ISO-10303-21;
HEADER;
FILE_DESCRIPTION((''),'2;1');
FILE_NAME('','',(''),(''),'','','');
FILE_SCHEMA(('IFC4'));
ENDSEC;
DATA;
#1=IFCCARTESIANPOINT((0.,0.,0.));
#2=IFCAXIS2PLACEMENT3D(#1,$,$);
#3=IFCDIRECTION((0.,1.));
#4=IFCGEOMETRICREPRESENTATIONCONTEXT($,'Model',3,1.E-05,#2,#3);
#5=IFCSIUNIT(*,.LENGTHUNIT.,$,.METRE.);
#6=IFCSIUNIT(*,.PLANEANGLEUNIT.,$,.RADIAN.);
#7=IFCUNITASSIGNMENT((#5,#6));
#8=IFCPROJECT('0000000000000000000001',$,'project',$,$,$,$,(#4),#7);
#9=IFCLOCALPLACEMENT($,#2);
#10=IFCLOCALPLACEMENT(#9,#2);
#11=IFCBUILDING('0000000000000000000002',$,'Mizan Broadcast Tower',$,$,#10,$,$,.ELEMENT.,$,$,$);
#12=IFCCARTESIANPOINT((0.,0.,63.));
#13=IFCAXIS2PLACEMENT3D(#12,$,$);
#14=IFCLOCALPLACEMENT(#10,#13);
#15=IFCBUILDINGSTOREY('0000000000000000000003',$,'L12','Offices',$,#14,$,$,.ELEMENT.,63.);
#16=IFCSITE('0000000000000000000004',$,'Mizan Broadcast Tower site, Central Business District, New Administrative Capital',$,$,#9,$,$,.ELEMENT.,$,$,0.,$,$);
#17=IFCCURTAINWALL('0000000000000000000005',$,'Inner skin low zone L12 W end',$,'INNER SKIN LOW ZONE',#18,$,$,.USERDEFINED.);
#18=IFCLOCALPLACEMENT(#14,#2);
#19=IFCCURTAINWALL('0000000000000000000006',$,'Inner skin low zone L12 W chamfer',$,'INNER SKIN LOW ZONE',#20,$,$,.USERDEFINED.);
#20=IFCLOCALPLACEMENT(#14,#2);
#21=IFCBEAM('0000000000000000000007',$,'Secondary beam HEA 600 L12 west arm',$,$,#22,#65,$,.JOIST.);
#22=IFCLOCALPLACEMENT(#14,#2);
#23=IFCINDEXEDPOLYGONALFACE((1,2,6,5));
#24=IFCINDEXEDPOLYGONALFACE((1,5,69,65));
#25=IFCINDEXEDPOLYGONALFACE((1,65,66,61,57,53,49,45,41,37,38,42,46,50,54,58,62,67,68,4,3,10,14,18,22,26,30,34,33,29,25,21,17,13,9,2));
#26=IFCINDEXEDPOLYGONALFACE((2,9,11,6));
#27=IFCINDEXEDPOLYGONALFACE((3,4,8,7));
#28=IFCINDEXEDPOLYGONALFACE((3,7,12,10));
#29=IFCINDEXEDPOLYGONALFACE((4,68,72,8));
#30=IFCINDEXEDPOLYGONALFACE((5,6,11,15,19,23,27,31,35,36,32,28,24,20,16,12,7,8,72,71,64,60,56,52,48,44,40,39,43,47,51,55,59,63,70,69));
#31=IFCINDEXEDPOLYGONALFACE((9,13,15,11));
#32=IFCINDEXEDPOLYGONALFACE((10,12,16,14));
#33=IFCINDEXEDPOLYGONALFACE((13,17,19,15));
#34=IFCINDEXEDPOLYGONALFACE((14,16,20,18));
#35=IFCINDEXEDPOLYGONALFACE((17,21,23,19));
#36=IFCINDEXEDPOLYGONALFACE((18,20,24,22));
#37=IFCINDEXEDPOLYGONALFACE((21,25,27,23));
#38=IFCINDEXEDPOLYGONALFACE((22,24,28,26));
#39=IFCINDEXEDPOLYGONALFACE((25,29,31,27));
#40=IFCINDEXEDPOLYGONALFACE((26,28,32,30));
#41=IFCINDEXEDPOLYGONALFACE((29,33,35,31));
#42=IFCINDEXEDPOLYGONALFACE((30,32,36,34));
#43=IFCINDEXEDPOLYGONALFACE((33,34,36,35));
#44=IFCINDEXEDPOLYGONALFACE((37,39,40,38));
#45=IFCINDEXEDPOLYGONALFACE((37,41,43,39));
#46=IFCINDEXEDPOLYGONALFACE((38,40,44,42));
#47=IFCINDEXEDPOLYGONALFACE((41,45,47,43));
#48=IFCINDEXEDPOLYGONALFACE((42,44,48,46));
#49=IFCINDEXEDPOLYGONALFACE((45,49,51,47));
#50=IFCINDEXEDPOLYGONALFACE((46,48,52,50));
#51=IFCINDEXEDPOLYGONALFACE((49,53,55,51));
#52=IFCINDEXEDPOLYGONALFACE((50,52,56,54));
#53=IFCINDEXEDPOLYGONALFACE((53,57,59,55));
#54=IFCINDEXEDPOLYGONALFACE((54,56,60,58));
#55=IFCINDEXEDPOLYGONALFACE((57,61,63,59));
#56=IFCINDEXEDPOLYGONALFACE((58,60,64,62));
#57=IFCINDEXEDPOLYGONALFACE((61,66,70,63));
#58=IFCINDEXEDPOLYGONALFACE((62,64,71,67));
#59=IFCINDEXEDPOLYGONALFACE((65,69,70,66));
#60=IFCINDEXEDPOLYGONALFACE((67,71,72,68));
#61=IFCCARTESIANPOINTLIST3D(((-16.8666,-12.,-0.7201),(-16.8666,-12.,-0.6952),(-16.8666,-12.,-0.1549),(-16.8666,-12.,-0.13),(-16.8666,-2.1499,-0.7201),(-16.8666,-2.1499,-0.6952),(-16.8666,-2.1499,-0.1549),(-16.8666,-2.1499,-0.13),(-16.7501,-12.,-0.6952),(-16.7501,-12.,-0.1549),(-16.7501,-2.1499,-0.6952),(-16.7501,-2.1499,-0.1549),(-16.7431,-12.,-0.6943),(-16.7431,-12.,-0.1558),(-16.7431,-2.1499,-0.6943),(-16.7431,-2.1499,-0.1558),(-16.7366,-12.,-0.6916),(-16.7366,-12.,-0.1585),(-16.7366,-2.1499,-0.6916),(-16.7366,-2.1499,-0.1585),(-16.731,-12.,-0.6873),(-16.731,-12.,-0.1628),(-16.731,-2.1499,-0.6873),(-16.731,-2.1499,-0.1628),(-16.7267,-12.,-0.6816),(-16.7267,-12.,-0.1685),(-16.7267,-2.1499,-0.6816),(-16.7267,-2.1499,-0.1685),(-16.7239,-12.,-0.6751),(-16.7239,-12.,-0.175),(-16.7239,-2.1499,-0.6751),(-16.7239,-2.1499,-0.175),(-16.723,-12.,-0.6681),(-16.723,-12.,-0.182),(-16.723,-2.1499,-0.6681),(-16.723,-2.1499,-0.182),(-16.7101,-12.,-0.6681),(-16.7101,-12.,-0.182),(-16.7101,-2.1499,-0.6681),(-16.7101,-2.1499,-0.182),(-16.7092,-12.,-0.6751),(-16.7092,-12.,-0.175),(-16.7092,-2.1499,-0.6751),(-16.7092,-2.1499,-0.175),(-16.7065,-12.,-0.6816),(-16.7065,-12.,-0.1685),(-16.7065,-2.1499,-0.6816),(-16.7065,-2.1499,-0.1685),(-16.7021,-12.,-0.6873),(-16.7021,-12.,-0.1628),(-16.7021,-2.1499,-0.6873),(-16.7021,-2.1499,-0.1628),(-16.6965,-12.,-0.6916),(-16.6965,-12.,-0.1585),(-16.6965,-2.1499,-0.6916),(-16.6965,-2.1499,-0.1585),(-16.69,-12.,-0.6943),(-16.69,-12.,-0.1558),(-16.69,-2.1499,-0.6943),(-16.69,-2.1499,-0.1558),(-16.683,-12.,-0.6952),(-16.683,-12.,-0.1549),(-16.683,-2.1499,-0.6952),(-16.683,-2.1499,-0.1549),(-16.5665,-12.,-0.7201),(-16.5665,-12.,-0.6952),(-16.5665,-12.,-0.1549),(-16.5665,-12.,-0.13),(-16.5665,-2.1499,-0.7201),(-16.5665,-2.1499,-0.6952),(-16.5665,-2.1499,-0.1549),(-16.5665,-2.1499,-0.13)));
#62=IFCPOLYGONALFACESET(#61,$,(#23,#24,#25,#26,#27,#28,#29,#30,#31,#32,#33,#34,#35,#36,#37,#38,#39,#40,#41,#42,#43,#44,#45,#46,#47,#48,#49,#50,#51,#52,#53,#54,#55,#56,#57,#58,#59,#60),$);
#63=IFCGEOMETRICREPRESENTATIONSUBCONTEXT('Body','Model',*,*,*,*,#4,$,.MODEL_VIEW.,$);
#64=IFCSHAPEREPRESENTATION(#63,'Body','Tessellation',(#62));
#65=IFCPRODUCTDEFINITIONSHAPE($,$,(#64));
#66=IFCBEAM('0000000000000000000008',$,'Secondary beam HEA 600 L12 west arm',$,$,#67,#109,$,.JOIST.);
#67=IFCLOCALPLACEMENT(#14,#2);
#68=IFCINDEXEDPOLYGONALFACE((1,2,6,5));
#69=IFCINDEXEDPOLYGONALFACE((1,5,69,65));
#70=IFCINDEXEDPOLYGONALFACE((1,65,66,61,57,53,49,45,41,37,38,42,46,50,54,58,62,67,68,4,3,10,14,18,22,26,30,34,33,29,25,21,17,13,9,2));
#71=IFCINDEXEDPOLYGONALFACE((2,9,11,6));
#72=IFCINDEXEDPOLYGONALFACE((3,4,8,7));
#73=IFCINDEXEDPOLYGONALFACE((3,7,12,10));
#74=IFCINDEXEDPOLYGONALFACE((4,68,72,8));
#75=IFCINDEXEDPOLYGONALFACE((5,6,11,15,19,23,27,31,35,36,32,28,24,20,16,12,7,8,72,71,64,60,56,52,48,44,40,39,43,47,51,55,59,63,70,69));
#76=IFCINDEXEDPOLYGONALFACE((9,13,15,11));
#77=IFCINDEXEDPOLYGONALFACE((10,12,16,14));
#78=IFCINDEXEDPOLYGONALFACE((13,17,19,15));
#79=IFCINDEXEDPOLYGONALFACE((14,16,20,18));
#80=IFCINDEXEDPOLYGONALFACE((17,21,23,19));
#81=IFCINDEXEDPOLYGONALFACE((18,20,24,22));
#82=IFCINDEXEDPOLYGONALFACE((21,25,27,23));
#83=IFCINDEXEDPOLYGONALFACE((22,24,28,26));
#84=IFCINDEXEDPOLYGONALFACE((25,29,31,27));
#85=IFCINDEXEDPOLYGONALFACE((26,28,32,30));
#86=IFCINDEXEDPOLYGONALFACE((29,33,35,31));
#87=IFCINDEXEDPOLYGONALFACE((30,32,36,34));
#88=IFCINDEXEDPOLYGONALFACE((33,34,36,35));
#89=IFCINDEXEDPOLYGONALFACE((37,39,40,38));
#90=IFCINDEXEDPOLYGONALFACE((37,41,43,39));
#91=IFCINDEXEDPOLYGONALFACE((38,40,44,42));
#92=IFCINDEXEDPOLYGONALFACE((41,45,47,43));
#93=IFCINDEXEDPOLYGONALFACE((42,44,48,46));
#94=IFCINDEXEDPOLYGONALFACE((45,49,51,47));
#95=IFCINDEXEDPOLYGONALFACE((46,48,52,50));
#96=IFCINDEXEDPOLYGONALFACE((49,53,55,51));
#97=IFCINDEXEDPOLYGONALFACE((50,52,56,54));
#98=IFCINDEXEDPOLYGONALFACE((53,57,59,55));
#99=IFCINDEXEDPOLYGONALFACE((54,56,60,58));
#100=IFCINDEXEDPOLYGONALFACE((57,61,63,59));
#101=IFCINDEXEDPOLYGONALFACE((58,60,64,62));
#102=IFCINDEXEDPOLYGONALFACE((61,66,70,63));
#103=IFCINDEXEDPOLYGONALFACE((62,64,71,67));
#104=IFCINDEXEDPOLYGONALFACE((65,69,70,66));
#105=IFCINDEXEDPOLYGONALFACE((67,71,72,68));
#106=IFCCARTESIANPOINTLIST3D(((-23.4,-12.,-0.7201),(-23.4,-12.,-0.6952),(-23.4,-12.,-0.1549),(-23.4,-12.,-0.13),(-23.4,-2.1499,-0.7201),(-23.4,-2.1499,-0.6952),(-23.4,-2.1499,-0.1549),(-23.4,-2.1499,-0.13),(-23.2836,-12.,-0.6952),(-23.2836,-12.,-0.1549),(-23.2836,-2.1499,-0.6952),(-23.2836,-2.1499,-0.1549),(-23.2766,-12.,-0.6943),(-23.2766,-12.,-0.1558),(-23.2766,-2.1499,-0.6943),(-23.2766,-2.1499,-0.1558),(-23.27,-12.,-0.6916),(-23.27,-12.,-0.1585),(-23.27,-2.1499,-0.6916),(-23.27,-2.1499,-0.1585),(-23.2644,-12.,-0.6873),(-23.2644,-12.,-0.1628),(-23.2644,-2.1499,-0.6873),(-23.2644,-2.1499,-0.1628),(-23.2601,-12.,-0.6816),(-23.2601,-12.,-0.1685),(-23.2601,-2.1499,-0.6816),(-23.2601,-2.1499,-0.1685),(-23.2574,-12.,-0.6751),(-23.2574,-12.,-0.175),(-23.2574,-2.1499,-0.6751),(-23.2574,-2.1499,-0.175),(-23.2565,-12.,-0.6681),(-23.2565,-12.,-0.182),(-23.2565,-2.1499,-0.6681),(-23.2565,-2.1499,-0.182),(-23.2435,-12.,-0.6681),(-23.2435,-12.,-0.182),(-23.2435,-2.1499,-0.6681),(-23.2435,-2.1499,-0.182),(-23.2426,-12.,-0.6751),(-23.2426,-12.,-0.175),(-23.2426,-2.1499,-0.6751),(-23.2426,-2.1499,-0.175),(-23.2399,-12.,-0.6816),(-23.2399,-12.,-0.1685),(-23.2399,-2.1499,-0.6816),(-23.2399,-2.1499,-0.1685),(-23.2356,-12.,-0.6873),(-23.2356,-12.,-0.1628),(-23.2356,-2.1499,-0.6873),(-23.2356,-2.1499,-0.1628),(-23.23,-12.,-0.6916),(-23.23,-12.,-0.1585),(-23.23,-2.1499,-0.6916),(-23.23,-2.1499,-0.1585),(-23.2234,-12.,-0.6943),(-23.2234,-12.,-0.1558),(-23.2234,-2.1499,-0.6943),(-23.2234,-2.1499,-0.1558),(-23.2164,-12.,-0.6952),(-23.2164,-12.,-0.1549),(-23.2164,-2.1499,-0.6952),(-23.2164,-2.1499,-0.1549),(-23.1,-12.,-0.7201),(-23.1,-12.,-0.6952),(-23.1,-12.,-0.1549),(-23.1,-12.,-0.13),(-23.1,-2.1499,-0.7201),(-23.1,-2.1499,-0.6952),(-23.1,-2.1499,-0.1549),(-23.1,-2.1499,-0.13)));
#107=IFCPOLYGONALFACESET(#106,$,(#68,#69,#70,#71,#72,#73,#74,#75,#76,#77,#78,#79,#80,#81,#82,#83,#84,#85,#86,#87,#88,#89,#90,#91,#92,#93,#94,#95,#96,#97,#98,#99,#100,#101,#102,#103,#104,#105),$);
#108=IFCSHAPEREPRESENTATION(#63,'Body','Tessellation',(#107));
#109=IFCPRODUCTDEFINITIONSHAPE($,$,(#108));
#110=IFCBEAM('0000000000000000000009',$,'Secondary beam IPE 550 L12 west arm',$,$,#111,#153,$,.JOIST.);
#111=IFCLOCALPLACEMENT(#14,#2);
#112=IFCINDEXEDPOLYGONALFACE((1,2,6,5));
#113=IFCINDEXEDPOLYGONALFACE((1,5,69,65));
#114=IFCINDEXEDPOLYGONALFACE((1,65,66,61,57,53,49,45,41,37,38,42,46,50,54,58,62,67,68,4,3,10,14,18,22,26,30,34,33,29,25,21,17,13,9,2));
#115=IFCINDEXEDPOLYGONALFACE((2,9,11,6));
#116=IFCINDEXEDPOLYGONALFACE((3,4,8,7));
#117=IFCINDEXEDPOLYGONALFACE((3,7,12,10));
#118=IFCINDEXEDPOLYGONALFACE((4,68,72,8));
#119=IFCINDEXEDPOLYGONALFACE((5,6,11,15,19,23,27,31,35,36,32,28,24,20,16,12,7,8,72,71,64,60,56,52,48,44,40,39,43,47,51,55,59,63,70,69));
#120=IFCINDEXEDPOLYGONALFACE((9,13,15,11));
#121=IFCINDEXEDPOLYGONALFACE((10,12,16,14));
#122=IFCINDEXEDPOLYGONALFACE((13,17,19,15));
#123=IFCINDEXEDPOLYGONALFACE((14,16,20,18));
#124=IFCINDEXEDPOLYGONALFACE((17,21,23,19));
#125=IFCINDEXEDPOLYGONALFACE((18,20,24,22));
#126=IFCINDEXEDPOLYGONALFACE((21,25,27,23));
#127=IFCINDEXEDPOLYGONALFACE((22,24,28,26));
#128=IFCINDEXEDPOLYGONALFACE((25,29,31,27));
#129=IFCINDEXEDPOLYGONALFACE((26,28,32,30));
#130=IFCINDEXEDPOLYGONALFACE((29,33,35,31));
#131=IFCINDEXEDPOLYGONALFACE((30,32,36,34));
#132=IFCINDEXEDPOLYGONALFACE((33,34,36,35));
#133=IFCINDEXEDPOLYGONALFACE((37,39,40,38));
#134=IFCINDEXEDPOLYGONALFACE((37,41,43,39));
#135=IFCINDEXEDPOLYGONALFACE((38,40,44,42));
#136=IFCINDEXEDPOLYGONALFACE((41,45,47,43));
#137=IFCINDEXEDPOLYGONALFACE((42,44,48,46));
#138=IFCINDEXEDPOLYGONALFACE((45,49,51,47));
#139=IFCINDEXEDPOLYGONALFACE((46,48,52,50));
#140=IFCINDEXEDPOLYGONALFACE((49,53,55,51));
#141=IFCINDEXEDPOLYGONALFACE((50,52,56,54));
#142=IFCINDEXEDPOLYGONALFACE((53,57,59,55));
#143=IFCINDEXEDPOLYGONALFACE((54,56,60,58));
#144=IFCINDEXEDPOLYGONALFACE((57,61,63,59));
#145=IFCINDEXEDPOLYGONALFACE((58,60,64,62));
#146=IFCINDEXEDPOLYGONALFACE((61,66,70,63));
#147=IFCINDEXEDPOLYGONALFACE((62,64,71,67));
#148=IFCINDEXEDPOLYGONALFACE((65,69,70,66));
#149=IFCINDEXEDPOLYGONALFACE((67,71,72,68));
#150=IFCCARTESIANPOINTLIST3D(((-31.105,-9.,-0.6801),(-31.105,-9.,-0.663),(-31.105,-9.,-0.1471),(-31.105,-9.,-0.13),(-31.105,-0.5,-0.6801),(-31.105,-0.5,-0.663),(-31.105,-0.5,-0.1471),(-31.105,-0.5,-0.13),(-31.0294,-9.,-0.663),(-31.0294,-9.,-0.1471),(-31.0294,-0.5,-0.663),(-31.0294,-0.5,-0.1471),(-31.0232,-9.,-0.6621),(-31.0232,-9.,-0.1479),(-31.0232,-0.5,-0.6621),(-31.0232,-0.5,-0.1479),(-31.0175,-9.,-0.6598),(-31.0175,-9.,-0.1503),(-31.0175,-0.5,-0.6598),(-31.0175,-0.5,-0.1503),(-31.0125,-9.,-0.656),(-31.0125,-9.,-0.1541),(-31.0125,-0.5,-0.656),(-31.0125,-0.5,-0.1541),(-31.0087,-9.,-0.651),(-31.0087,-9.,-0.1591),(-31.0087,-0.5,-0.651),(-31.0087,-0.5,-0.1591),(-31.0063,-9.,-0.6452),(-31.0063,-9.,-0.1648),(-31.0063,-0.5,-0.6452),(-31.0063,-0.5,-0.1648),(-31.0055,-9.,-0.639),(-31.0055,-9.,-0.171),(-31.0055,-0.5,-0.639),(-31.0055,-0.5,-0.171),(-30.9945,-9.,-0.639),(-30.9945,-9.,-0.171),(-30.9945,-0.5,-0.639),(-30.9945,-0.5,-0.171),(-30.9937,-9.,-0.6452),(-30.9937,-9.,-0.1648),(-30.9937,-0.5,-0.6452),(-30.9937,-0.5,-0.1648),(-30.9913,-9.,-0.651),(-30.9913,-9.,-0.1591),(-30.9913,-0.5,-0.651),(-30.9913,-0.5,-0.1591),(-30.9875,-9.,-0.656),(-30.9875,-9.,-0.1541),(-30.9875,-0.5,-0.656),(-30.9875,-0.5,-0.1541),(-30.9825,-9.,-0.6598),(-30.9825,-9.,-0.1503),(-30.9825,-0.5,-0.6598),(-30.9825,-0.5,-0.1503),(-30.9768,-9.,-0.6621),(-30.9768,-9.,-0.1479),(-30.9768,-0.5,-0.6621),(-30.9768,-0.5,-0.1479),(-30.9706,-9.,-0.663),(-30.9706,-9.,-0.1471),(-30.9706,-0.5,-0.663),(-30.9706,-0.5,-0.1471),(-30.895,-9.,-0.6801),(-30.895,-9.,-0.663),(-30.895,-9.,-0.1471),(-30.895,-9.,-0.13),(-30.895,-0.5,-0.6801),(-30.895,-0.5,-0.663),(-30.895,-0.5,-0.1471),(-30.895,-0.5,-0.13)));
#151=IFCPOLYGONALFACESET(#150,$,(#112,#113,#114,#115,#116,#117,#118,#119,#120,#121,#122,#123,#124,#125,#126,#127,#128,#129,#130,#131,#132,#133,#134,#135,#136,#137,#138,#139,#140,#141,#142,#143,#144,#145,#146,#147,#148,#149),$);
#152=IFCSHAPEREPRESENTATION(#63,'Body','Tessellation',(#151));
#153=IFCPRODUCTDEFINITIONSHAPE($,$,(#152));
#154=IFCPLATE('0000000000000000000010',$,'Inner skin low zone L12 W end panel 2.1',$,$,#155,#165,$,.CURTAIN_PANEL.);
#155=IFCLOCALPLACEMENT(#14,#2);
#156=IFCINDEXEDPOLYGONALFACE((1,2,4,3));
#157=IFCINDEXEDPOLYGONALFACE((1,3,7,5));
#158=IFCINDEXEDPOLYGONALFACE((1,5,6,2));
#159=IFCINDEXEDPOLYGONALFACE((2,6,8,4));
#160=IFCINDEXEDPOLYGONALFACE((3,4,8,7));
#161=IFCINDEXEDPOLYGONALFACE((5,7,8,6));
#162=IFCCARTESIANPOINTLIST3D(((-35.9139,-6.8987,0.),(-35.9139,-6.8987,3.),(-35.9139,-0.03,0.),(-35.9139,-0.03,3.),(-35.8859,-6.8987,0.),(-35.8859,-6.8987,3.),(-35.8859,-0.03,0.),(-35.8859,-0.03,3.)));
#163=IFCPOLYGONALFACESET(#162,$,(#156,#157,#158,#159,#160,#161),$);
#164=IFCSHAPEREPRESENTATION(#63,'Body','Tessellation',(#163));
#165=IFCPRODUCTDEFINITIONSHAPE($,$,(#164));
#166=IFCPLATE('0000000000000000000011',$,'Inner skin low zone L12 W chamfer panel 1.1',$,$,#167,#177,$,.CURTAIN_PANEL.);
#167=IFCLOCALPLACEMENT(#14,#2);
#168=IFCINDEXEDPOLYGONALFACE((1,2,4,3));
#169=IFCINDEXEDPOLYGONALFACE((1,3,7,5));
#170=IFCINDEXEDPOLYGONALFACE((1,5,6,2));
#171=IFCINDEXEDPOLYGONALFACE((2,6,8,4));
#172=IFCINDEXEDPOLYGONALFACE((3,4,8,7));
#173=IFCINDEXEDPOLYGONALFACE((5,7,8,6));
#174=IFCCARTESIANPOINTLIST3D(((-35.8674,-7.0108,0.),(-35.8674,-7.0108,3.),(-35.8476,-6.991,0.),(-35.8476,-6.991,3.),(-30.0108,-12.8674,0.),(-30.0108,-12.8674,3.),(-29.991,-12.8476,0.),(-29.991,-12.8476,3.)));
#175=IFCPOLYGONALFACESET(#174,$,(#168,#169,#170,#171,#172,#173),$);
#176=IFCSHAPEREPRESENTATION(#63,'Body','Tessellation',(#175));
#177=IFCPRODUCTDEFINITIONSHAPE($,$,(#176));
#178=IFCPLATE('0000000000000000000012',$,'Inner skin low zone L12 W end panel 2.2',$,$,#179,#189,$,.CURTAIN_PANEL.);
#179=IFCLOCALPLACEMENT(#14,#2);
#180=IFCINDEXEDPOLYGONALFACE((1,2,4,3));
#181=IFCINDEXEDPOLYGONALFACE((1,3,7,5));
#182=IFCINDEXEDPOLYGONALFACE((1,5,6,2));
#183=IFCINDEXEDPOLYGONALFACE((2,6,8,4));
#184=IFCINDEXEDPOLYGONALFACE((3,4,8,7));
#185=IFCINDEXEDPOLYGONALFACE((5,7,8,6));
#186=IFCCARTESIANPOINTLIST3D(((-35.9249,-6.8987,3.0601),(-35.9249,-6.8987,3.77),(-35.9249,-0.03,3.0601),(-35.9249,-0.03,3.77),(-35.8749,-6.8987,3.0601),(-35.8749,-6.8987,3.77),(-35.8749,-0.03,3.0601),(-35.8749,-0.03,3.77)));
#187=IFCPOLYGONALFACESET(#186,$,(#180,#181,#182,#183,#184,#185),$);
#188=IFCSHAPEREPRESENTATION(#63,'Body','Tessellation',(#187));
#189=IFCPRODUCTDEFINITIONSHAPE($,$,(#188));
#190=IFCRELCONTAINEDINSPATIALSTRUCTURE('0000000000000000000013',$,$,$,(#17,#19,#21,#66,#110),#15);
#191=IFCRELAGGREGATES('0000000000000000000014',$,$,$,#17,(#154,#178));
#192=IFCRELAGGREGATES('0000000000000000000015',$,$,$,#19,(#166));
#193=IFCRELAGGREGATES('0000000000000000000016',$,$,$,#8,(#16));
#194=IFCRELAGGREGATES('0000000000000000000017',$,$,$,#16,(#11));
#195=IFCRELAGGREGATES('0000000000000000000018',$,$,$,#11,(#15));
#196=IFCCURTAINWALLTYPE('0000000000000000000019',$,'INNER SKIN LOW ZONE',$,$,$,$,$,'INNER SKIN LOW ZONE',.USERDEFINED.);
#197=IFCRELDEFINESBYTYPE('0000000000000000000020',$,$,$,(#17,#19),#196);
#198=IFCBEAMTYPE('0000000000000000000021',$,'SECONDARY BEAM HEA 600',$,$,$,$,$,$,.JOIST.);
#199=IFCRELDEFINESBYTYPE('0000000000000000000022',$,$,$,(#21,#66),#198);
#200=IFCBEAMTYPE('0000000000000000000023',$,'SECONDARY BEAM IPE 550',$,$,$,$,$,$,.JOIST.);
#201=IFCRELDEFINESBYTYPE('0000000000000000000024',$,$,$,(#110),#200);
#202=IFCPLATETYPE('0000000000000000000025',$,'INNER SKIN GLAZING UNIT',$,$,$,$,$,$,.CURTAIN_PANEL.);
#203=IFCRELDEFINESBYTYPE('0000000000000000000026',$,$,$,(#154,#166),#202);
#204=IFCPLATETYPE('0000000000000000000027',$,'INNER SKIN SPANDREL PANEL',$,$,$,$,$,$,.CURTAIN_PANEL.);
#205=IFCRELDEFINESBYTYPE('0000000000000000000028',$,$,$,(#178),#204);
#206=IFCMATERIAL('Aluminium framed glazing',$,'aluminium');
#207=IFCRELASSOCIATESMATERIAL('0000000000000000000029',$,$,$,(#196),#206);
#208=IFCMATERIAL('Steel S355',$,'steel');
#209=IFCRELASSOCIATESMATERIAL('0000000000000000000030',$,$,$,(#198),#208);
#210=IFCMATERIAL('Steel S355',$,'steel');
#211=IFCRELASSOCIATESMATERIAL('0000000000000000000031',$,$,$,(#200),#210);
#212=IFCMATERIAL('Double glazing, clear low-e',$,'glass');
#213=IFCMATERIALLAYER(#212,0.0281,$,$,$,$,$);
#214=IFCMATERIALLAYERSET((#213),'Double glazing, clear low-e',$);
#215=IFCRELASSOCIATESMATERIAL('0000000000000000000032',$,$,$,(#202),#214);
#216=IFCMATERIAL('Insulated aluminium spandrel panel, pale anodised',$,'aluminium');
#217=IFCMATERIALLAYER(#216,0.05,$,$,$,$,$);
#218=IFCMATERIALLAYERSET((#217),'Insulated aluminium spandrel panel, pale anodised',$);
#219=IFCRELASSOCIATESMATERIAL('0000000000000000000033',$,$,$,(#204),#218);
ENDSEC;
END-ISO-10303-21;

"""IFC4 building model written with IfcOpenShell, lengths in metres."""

from ifc_helpers import new_model, si_unit, direction, frame, origin, origin_2d, place, context, subcontext, project, spatial, rectangle, i_section, extrude, material, layer, layer_set, material_profile, profile_set, type_object, element, aggregate, save


model = new_model("IFC4")

# Units and contexts
model_context = context("Model", 3, precision=1e-05, world=origin(), true_north=direction((0.0, 1.0)))
body_context = subcontext(model_context, "Body", "Model", "MODEL_VIEW")
ifc_project = project(units=[si_unit("LENGTHUNIT", "METRE"), si_unit("PLANEANGLEUNIT", "RADIAN")], contexts=[model_context])

# Site, building, storey
site_placement = place(None, origin())
site = spatial("IfcSite", under=ifc_project, at=site_placement, Name="Mizan Broadcast Tower site, Central Business District, New Administrative Capital", CompositionType="ELEMENT", RefElevation=0.0)
building_placement = place(site_placement, origin())
building = spatial("IfcBuilding", under=site, at=building_placement, Name="Mizan Broadcast Tower", CompositionType="ELEMENT")
storey_placement = place(building_placement, frame((0.0, 0.0, 63.0)))
storey = spatial("IfcBuildingStorey", under=building, at=storey_placement, Name="L12", Description="Offices", CompositionType="ELEMENT", Elevation=63.0)

# Curtain wall
ifc_material_1 = material(Name="Aluminium framed glazing", Category="aluminium")
curtain_wall_type_1 = type_object("IfcCurtainWallType", Name="INNER SKIN LOW ZONE", ElementType="INNER SKIN LOW ZONE", PredefinedType="USERDEFINED", material=ifc_material_1)
curtain_wall_1_placement = place(storey_placement, origin())
curtain_wall_1 = element("IfcCurtainWall", 1, at=curtain_wall_1_placement, inside=storey, type_object=curtain_wall_type_1, Name="Inner skin low zone L12 W end", ObjectType="INNER SKIN LOW ZONE", PredefinedType="USERDEFINED")

# Curtain wall
curtain_wall_2_placement = place(storey_placement, origin())
curtain_wall_2 = element("IfcCurtainWall", 2, at=curtain_wall_2_placement, inside=storey, type_object=curtain_wall_type_1, Name="Inner skin low zone L12 W chamfer", ObjectType="INNER SKIN LOW ZONE", PredefinedType="USERDEFINED")

# Beams
ifc_material_2 = material(Name="Steel S355", Category="steel")
ifc_material_profile_1 = material_profile(ifc_material_2, i_section(OverallWidth=0.3, OverallDepth=0.5901, WebThickness=0.0129, FlangeThickness=0.0249, FilletRadius=0.0271, at=origin_2d()), Name="HEA 600")
ifc_profile_set_1 = profile_set([ifc_material_profile_1], Name="Steel S355")
beam_type_1 = type_object("IfcBeamType", Name="SECONDARY BEAM HEA 600", PredefinedType="JOIST", material=ifc_profile_set_1)
for number, where, z_axis, x_axis, name in (
    (3, (-16.7166, -12.0, -0.425), (0.0, 1.0, 0.0), (-1.0, 0.0, 0.0), "Secondary beam HEA 600 L12 west arm"),
    (4, (-23.25, -12.0, -0.425), (0.0, 1.0, 0.0), (-1.0, 0.0, 0.0), "Secondary beam HEA 600 L12 west arm"),
):
    element("IfcBeam", number, at=place(storey_placement, frame(where, z_axis=z_axis, x_axis=x_axis)), inside=storey, type_object=beam_type_1, Name=name, PredefinedType="JOIST", context=body_context, shape_type="SweptSolid", body=[
        extrude(i_section(OverallWidth=0.3, OverallDepth=0.5901, WebThickness=0.0129, FlangeThickness=0.0249, FilletRadius=0.0271, at=origin_2d()), origin(), (0.0, 0.0, 1.0), 9.8501),
    ])
ifc_material_3 = material(Name="Steel S355", Category="steel")
ifc_material_profile_2 = material_profile(ifc_material_3, i_section(OverallWidth=0.21, OverallDepth=0.55, WebThickness=0.011, FlangeThickness=0.0171, FilletRadius=0.0239, at=origin_2d()), Name="IPE 550")
ifc_profile_set_2 = profile_set([ifc_material_profile_2], Name="Steel S355")
beam_type_2 = type_object("IfcBeamType", Name="SECONDARY BEAM IPE 550", PredefinedType="JOIST", material=ifc_profile_set_2)
beam_1_placement = place(storey_placement, frame((-31.0, -9.0, -0.405), z_axis=(0.0, 1.0, 0.0), x_axis=(-1.0, 0.0, 0.0)))
element("IfcBeam", 5, at=beam_1_placement, inside=storey, type_object=beam_type_2, Name="Secondary beam IPE 550 L12 west arm", PredefinedType="JOIST", context=body_context, shape_type="SweptSolid", body=[
    extrude(i_section(OverallWidth=0.21, OverallDepth=0.55, WebThickness=0.011, FlangeThickness=0.0171, FilletRadius=0.0239, at=origin_2d()), origin(), (0.0, 0.0, 1.0), 8.5),
])

# Plates
ifc_material_4 = material(Name="Double glazing, clear low-e", Category="glass")
ifc_layer_1 = layer(ifc_material_4, 0.0281)
ifc_layer_set_1 = layer_set([ifc_layer_1], Name="Double glazing, clear low-e")
plate_type_1 = type_object("IfcPlateType", Name="INNER SKIN GLAZING UNIT", PredefinedType="CURTAIN_PANEL", material=ifc_layer_set_1)
plate_1_placement = place(storey_placement, frame((-35.8999, -3.4644, 0.0), z_axis=(0.0, 0.0, 1.0), x_axis=(0.0, -1.0, 0.0)))
plate_1 = element("IfcPlate", 6, at=plate_1_placement, type_object=plate_type_1, Name="Inner skin low zone L12 W end panel 2.1", PredefinedType="CURTAIN_PANEL", context=body_context, shape_type="SweptSolid", body=[
    extrude(rectangle(XDim=6.8687, YDim=0.0281, at=origin_2d()), origin(), (0.0, 0.0, 1.0), 3.0),
])
plate_2_placement = place(storey_placement, frame((-32.9292, -9.9292, 0.0), z_axis=(0.0, 0.0, 1.0), x_axis=(0.707107, -0.707107, 0.0)))
plate_2 = element("IfcPlate", 7, at=plate_2_placement, type_object=plate_type_1, Name="Inner skin low zone L12 W chamfer panel 1.1", PredefinedType="CURTAIN_PANEL", context=body_context, shape_type="SweptSolid", body=[
    extrude(rectangle(XDim=8.2825, YDim=0.0281, at=origin_2d()), origin(), (0.0, 0.0, 1.0), 3.0),
])
ifc_material_5 = material(Name="Insulated aluminium spandrel panel, pale anodised", Category="aluminium")
ifc_layer_2 = layer(ifc_material_5, 0.05)
ifc_layer_set_2 = layer_set([ifc_layer_2], Name="Insulated aluminium spandrel panel, pale anodised")
plate_type_2 = type_object("IfcPlateType", Name="INNER SKIN SPANDREL PANEL", PredefinedType="CURTAIN_PANEL", material=ifc_layer_set_2)
plate_3_placement = place(storey_placement, frame((-35.8999, -3.4644, 3.0601), z_axis=(0.0, 0.0, 1.0), x_axis=(0.0, -1.0, 0.0)))
plate_3 = element("IfcPlate", 8, at=plate_3_placement, type_object=plate_type_2, Name="Inner skin low zone L12 W end panel 2.2", PredefinedType="CURTAIN_PANEL", context=body_context, shape_type="SweptSolid", body=[
    extrude(rectangle(XDim=6.8687, YDim=0.05, at=origin_2d()), origin(), (0.0, 0.0, 1.0), 0.71),
])
aggregate(curtain_wall_1, [plate_1, plate_3])
aggregate(curtain_wall_2, [plate_2])

save(model, "model.ifc")
